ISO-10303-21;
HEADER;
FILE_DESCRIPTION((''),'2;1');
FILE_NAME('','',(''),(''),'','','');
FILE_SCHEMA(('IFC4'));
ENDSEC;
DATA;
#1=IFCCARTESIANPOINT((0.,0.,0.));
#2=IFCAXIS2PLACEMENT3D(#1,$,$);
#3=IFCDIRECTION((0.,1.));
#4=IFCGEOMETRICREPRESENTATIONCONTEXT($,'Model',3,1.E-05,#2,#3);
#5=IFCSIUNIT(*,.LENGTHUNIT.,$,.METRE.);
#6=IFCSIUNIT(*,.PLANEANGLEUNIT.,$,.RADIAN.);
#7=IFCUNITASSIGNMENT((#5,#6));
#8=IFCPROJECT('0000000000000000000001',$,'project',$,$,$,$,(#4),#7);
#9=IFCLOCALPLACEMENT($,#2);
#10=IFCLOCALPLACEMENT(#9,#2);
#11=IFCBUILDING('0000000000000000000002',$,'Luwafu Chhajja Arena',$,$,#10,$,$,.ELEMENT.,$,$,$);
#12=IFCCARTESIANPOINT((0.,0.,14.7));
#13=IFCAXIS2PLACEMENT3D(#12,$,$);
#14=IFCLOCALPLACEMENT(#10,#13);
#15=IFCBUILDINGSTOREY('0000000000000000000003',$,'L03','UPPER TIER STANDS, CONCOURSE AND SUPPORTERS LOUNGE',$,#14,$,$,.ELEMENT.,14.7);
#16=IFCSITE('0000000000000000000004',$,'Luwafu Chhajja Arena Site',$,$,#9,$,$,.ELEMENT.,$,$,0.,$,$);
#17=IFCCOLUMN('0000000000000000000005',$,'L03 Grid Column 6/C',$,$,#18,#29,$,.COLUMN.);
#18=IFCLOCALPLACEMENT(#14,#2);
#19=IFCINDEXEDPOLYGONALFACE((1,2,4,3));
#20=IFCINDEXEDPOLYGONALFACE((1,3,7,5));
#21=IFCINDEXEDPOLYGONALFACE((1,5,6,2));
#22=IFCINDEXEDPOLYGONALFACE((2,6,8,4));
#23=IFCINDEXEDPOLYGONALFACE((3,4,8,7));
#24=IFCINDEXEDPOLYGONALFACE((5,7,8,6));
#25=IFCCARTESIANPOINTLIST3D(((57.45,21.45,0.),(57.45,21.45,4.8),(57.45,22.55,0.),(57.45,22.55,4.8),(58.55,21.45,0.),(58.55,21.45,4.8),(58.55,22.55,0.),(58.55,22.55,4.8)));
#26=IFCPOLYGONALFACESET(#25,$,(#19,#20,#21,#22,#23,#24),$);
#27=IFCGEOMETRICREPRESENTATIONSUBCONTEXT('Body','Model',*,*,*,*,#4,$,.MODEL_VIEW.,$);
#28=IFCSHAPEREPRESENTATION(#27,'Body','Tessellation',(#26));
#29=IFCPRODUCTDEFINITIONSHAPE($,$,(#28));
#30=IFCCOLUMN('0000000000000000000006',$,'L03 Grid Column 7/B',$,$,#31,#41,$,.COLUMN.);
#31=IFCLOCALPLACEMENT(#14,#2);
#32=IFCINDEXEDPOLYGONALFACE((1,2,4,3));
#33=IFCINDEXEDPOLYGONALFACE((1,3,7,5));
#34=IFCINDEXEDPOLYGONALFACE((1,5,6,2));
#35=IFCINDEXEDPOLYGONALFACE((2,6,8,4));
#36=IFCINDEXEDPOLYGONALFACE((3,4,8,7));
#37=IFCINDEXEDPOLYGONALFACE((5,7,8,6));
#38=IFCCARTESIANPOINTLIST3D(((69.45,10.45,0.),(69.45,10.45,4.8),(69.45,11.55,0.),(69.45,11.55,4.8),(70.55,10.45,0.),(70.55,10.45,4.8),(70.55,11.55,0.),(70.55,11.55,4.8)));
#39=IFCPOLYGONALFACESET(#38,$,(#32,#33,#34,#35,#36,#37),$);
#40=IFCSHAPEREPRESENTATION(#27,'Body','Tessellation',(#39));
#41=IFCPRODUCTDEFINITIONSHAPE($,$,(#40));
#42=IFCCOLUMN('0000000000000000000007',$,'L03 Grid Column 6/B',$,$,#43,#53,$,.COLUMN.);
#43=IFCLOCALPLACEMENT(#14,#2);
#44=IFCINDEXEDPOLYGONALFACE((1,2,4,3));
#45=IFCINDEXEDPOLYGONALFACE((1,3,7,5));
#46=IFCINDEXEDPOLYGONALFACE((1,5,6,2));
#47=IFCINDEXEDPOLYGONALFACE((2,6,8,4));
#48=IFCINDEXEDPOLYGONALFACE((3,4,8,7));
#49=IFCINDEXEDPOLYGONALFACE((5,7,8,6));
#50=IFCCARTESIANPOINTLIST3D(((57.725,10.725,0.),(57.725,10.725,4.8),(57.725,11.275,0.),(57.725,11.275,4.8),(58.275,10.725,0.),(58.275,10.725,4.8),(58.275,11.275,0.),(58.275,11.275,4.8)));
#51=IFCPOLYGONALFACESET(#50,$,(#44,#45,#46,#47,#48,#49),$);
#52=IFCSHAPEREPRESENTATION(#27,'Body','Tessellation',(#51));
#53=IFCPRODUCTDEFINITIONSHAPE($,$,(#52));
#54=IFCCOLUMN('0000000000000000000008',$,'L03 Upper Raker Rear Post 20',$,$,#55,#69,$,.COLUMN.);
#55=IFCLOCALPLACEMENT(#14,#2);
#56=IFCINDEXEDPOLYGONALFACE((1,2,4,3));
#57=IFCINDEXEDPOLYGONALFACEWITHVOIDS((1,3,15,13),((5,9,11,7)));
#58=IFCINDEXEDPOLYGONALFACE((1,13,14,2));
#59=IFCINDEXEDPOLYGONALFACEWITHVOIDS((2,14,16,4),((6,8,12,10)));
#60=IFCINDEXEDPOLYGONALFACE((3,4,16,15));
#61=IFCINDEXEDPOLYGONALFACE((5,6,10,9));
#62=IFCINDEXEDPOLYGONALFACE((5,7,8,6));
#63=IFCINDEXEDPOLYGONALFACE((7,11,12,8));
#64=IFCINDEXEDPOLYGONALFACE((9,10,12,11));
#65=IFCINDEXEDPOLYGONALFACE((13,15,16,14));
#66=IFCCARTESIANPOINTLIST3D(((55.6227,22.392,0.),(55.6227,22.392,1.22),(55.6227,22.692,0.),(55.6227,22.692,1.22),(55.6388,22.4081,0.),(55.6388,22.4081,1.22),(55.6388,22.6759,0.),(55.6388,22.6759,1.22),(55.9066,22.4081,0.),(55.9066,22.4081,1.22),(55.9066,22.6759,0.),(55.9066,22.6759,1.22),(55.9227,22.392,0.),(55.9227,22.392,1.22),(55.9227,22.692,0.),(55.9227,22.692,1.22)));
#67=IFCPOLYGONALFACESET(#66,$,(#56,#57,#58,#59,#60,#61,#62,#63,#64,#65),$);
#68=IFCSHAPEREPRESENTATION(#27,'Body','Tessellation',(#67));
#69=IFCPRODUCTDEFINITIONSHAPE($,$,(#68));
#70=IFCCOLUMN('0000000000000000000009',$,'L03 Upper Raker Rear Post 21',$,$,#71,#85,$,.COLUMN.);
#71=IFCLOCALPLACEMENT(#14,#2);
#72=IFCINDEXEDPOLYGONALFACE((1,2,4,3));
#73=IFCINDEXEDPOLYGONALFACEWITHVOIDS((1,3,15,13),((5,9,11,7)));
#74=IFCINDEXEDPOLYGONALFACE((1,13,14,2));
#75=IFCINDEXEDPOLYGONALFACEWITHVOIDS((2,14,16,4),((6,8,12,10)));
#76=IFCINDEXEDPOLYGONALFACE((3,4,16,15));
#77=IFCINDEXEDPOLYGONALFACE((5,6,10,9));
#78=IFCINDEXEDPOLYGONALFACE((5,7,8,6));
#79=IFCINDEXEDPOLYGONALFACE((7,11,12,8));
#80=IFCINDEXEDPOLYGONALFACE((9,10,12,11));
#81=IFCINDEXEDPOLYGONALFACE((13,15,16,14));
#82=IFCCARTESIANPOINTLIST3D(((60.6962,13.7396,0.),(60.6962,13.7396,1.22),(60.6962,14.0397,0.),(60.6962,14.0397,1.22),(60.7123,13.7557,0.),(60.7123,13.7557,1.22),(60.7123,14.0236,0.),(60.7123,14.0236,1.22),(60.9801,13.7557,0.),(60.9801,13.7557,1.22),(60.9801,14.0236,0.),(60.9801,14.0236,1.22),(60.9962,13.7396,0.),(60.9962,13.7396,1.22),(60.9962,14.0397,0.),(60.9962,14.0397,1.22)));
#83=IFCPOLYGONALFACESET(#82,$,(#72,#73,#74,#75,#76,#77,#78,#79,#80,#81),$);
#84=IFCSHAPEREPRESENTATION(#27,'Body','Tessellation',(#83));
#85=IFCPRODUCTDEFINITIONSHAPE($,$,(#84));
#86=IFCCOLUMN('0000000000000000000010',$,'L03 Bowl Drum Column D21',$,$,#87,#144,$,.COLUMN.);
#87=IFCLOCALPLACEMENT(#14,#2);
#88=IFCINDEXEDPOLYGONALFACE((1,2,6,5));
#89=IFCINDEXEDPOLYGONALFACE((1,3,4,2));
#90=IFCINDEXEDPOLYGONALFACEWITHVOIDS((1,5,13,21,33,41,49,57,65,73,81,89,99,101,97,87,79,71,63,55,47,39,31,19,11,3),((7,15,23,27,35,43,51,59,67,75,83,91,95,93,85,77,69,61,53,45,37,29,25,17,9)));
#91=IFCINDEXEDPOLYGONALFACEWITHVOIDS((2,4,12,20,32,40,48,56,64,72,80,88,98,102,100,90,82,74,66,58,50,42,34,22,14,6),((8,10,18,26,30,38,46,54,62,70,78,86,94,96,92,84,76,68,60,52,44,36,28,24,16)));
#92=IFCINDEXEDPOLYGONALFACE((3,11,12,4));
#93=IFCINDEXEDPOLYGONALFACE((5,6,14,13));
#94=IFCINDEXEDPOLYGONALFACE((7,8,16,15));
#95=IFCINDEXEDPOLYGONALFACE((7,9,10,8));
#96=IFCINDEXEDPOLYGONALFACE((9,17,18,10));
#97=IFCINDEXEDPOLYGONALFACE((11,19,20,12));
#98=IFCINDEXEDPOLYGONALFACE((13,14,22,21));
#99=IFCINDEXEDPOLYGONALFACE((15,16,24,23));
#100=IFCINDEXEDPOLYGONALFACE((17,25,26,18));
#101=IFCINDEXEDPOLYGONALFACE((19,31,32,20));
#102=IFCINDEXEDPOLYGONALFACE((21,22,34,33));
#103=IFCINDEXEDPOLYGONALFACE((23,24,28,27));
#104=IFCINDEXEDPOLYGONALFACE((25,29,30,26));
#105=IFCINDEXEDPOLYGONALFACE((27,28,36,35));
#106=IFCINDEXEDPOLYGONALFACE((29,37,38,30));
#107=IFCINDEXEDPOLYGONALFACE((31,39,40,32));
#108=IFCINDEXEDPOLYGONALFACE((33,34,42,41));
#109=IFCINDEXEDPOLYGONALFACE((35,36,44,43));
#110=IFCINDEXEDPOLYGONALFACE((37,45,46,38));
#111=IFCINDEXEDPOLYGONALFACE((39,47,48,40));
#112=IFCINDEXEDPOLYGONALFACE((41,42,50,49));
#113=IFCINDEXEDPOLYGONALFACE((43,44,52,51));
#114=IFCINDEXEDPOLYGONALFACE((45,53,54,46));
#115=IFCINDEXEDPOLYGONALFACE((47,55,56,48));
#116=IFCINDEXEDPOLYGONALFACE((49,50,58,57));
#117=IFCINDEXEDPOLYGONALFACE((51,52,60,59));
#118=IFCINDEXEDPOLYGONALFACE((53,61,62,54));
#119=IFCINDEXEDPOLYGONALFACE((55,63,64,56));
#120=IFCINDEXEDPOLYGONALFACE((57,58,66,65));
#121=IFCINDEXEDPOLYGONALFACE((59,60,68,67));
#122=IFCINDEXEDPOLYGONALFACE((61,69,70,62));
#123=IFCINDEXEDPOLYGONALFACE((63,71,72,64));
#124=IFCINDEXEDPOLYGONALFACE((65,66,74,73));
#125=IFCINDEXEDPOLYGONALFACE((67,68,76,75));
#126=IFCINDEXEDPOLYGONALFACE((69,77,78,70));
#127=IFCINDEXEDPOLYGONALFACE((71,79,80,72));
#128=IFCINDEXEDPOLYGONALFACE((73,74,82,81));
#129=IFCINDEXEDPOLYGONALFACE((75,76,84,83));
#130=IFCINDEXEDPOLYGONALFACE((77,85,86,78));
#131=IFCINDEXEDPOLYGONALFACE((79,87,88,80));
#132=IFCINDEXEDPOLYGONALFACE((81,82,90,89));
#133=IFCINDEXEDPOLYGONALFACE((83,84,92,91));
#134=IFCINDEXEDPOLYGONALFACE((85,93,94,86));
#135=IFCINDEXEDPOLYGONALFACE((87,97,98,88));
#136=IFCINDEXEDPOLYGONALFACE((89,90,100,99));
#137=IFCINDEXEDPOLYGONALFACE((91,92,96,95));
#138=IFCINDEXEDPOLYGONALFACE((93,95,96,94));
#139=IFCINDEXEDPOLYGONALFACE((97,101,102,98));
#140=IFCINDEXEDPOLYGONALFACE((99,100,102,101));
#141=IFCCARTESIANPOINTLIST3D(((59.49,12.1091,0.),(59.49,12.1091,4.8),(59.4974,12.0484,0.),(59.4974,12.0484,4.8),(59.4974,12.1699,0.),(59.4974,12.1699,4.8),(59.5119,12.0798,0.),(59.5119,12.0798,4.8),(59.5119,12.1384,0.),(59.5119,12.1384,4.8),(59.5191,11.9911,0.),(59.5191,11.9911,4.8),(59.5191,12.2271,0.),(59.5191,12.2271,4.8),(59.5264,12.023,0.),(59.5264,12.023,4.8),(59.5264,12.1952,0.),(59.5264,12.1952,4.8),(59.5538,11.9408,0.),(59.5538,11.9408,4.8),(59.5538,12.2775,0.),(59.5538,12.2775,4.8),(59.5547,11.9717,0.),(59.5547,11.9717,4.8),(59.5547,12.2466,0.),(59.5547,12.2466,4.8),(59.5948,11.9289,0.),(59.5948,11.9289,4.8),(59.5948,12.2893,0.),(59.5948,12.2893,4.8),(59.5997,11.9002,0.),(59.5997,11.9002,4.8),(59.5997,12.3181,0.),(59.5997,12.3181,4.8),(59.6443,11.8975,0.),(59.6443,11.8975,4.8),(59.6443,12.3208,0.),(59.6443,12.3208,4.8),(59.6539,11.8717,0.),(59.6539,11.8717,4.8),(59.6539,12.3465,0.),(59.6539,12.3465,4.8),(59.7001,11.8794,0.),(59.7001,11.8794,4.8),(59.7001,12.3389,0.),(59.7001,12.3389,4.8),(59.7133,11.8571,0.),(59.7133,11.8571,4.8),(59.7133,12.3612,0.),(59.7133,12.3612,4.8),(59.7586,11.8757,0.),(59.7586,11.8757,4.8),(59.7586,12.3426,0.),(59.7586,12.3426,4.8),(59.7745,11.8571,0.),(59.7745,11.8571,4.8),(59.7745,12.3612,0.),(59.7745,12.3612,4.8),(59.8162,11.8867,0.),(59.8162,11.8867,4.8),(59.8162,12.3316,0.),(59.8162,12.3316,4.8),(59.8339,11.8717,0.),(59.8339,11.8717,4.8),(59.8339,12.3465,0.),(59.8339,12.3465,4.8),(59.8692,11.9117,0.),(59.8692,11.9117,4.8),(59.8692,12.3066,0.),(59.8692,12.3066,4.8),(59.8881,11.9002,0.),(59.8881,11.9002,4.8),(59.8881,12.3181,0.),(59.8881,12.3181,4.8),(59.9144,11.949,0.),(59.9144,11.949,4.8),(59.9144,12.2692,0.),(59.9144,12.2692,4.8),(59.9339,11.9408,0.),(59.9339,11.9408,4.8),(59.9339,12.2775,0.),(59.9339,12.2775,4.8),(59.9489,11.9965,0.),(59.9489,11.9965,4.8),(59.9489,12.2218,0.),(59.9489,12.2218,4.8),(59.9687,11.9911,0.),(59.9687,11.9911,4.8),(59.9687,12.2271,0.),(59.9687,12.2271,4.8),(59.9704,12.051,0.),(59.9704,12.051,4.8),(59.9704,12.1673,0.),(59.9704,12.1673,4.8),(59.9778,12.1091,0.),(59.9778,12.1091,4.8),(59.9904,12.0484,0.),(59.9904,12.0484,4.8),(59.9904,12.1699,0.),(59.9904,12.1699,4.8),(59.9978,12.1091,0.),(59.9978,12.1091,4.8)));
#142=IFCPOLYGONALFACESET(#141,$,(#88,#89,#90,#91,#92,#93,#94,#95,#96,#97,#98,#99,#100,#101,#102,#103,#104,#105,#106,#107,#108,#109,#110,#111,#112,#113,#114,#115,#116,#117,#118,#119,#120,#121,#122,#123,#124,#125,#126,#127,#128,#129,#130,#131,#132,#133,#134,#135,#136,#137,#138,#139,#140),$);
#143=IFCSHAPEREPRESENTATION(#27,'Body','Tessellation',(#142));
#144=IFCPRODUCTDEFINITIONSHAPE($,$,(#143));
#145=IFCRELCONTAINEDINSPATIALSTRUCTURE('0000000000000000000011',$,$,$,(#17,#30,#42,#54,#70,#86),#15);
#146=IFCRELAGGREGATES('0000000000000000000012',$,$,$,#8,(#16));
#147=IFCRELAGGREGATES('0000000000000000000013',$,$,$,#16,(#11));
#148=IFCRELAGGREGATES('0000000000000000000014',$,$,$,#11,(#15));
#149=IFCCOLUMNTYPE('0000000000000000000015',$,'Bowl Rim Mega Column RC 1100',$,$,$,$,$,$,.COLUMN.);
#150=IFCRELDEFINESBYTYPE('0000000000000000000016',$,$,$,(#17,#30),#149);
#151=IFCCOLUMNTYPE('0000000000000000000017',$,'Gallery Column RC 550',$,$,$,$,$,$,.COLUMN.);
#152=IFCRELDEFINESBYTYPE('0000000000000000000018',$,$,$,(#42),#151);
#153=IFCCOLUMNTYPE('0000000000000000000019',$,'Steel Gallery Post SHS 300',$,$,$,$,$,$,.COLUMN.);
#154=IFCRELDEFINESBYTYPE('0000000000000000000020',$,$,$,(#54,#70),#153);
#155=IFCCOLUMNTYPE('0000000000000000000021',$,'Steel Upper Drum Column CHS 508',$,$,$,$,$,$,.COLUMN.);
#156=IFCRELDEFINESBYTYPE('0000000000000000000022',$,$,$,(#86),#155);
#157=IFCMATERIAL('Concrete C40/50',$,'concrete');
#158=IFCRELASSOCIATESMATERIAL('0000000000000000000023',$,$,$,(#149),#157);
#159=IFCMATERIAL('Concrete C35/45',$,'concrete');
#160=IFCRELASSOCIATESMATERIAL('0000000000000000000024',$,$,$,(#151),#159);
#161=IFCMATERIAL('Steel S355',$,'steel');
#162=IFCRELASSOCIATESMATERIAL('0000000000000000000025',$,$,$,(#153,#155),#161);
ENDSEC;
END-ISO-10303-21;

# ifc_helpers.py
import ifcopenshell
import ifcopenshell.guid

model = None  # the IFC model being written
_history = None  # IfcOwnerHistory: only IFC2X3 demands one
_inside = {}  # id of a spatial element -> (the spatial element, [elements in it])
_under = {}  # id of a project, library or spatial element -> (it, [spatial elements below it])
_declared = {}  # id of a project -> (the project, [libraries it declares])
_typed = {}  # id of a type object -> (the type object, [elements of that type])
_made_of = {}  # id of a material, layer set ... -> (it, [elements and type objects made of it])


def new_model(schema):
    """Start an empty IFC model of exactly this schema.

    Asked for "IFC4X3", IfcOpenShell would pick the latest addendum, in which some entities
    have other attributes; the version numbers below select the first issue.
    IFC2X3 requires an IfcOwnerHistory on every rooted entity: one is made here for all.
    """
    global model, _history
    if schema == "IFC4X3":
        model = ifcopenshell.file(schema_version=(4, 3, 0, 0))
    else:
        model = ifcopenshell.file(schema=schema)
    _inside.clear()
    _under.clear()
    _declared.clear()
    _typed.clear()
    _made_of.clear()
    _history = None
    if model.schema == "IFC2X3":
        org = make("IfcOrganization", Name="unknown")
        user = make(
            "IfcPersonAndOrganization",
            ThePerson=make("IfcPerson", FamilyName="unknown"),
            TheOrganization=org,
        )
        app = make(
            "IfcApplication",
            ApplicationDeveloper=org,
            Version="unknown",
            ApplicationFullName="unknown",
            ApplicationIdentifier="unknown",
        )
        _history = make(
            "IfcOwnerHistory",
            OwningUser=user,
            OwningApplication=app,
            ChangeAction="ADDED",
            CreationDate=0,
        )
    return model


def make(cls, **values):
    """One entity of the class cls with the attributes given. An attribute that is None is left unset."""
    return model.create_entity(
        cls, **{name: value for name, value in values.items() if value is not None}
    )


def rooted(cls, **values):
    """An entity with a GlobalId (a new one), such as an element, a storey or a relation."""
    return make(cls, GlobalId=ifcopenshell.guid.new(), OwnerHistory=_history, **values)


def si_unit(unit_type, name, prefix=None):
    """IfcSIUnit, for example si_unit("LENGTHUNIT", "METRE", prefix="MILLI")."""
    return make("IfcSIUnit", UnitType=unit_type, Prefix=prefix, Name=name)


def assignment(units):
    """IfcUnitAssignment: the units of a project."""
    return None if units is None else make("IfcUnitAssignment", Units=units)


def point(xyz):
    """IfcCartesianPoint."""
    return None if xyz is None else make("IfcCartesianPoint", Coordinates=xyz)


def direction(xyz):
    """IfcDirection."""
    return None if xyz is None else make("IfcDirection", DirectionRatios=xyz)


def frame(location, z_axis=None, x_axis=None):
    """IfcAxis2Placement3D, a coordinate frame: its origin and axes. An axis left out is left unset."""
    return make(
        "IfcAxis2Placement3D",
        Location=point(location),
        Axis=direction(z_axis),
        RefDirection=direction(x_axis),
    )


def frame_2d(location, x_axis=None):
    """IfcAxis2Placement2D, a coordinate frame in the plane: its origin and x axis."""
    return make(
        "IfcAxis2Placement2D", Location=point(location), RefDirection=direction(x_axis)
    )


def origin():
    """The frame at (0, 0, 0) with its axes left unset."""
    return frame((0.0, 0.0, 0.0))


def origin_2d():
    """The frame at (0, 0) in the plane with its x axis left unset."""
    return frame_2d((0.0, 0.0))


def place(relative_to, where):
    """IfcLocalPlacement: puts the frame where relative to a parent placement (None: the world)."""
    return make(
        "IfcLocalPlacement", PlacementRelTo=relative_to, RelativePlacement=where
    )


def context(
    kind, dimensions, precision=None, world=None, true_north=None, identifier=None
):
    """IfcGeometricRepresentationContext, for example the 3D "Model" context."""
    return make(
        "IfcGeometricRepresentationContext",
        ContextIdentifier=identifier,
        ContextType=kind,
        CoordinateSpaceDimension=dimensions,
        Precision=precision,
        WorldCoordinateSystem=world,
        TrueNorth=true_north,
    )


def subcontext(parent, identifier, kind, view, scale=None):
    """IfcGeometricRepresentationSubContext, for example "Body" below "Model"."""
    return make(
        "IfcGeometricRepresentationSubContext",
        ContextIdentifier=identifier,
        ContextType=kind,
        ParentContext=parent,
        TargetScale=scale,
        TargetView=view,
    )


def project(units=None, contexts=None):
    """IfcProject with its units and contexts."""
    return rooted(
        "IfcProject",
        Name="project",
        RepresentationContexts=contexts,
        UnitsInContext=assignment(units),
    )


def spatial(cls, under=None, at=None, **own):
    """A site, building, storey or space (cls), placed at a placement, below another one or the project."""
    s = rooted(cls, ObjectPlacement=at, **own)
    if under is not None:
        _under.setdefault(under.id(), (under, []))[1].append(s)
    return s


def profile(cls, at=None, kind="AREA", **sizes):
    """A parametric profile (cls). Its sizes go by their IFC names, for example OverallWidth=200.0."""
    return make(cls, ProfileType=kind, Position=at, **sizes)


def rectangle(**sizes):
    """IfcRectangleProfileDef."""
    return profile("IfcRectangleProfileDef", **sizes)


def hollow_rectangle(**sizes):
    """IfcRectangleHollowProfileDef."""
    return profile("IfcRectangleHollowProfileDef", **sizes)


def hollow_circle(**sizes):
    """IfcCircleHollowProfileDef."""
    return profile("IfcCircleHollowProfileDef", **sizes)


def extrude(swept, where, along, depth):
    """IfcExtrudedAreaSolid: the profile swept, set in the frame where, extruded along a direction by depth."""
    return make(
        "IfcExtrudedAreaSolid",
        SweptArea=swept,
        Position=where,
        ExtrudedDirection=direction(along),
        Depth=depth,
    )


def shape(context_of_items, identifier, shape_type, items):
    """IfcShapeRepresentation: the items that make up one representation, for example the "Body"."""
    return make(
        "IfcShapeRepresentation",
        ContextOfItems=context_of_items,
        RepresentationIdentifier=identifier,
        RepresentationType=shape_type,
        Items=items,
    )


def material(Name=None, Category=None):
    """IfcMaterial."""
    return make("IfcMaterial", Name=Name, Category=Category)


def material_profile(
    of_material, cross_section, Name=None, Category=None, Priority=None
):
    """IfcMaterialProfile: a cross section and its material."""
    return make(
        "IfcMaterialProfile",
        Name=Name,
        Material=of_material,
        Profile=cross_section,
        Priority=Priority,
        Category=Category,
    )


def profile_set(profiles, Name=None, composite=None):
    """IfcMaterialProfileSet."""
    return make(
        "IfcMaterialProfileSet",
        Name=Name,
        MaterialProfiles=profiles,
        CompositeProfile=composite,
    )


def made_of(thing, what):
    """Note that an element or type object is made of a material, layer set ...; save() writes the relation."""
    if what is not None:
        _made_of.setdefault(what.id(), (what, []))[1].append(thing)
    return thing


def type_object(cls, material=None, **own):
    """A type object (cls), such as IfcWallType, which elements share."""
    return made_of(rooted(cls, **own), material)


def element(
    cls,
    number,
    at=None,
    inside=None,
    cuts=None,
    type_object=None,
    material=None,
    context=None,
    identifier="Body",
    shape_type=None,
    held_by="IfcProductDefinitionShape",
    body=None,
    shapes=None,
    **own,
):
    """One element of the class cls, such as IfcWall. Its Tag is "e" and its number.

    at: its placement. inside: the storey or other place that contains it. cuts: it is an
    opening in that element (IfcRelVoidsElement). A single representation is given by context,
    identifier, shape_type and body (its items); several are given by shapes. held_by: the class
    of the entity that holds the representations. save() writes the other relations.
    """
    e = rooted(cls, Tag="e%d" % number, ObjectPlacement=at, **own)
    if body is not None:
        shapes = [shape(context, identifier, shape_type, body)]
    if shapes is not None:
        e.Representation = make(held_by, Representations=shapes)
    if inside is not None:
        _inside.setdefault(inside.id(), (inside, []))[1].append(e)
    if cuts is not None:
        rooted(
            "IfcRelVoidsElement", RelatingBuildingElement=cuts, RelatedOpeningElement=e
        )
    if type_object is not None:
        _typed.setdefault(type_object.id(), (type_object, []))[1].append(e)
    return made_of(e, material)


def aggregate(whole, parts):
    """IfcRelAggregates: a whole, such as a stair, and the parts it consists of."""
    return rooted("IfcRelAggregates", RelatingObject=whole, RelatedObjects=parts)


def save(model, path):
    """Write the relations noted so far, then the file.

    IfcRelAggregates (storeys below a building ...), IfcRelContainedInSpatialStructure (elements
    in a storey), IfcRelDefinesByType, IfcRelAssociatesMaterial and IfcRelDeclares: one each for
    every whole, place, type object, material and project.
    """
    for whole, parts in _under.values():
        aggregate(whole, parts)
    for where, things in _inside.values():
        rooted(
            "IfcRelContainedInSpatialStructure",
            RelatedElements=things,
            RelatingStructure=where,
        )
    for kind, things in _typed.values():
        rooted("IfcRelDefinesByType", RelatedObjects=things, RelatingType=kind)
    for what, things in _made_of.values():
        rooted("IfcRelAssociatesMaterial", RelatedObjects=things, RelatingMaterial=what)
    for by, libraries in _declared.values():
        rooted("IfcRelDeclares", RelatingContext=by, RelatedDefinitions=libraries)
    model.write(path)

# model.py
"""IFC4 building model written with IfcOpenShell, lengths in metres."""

from ifc_helpers import new_model, si_unit, direction, frame, origin, origin_2d, place, context, subcontext, project, spatial, rectangle, hollow_rectangle, hollow_circle, extrude, material, material_profile, profile_set, type_object, element, save


model = new_model("IFC4")

# Units and contexts
model_context = context("Model", 3, precision=1e-05, world=origin(), true_north=direction((0.0, 1.0)))
body_context = subcontext(model_context, "Body", "Model", "MODEL_VIEW")
ifc_project = project(units=[si_unit("LENGTHUNIT", "METRE"), si_unit("PLANEANGLEUNIT", "RADIAN")], contexts=[model_context])

# Site, building, storey
site_placement = place(None, origin())
site = spatial("IfcSite", under=ifc_project, at=site_placement, Name="Luwafu Chhajja Arena Site", CompositionType="ELEMENT", RefElevation=0.0)
building_placement = place(site_placement, origin())
building = spatial("IfcBuilding", under=site, at=building_placement, Name="Luwafu Chhajja Arena", CompositionType="ELEMENT")
storey_placement = place(building_placement, frame((0.0, 0.0, 14.7)))
storey = spatial("IfcBuildingStorey", under=building, at=storey_placement, Name="L03", Description="UPPER TIER STANDS, CONCOURSE AND SUPPORTERS LOUNGE", CompositionType="ELEMENT", Elevation=14.7)

# Columns
ifc_material_1 = material(Name="Concrete C40/50", Category="concrete")
ifc_material_profile_1 = material_profile(ifc_material_1, rectangle(XDim=1.1001, YDim=1.1001, at=origin_2d()), Name="RC 1100x1100")
ifc_profile_set_1 = profile_set([ifc_material_profile_1], Name="Concrete C40/50")
column_type_1 = type_object("IfcColumnType", Name="Bowl Rim Mega Column RC 1100", PredefinedType="COLUMN", material=ifc_profile_set_1)
for number, where, z_axis, x_axis, name in (
    (1, (58.0, 22.0, 0.0), (0.0, 0.0, 1.0), (1.0, 0.0, 0.0), "L03 Grid Column 6/C"),
    (2, (70.0, 11.0, 0.0), (0.0, 0.0, 1.0), (1.0, 0.0, 0.0), "L03 Grid Column 7/B"),
):
    element("IfcColumn", number, at=place(storey_placement, frame(where, z_axis=z_axis, x_axis=x_axis)), inside=storey, type_object=column_type_1, Name=name, PredefinedType="COLUMN", context=body_context, shape_type="SweptSolid", body=[
        extrude(rectangle(XDim=1.1001, YDim=1.1001, at=origin_2d()), origin(), (0.0, 0.0, 1.0), 4.8),
    ])
ifc_material_2 = material(Name="Concrete C35/45", Category="concrete")
ifc_material_profile_2 = material_profile(ifc_material_2, rectangle(XDim=0.55, YDim=0.55, at=origin_2d()), Name="RC 550x550")
ifc_profile_set_2 = profile_set([ifc_material_profile_2], Name="Concrete C35/45")
column_type_2 = type_object("IfcColumnType", Name="Gallery Column RC 550", PredefinedType="COLUMN", material=ifc_profile_set_2)
column_placement = place(storey_placement, frame((58.0, 11.0, 0.0), z_axis=(0.0, 0.0, 1.0), x_axis=(1.0, 0.0, 0.0)))
element("IfcColumn", 3, at=column_placement, inside=storey, type_object=column_type_2, Name="L03 Grid Column 6/B", PredefinedType="COLUMN", context=body_context, shape_type="SweptSolid", body=[
    extrude(rectangle(XDim=0.55, YDim=0.55, at=origin_2d()), origin(), (0.0, 0.0, 1.0), 4.8),
])
ifc_material_3 = material(Name="Steel S355", Category="steel")
ifc_material_profile_3 = material_profile(ifc_material_3, hollow_rectangle(XDim=0.3, YDim=0.3, WallThickness=0.0161, at=origin_2d()), Name="SHS 300x300x16")
ifc_profile_set_3 = profile_set([ifc_material_profile_3], Name="Steel S355")
column_type_3 = type_object("IfcColumnType", Name="Steel Gallery Post SHS 300", PredefinedType="COLUMN", material=ifc_profile_set_3)
for number, where, z_axis, x_axis, name in (
    (4, (55.7727, 22.542, 0.0), (0.0, 0.0, 1.0), (1.0, 0.0, 0.0), "L03 Upper Raker Rear Post 20"),
    (5, (60.8462, 13.8896, 0.0), (0.0, 0.0, 1.0), (1.0, 0.0, 0.0), "L03 Upper Raker Rear Post 21"),
):
    element("IfcColumn", number, at=place(storey_placement, frame(where, z_axis=z_axis, x_axis=x_axis)), inside=storey, type_object=column_type_3, Name=name, PredefinedType="COLUMN", context=body_context, shape_type="SweptSolid", body=[
        extrude(hollow_rectangle(XDim=0.3, YDim=0.3, WallThickness=0.0161, at=origin_2d()), origin(), (0.0, 0.0, 1.0), 1.22),
    ])
ifc_material_profile_4 = material_profile(ifc_material_3, hollow_circle(Radius=0.2539, WallThickness=0.02, at=origin_2d()), Name="CHS 508x20")
ifc_profile_set_4 = profile_set([ifc_material_profile_4], Name="Steel S355")
column_type_4 = type_object("IfcColumnType", Name="Steel Upper Drum Column CHS 508", PredefinedType="COLUMN", material=ifc_profile_set_4)
for number, where, z_axis, x_axis, name in (
    (6, (59.7439, 12.1091, 0.0), (0.0, 0.0, 1.0), (1.0, 0.0, 0.0), "L03 Bowl Drum Column D21"),
):
    element("IfcColumn", number, at=place(storey_placement, frame(where, z_axis=z_axis, x_axis=x_axis)), inside=storey, type_object=column_type_4, Name=name, PredefinedType="COLUMN", context=body_context, shape_type="SweptSolid", body=[
        extrude(hollow_circle(Radius=0.2539, WallThickness=0.02, at=origin_2d()), origin(), (0.0, 0.0, 1.0), 4.8),
    ])

save(model, "model.ifc")
